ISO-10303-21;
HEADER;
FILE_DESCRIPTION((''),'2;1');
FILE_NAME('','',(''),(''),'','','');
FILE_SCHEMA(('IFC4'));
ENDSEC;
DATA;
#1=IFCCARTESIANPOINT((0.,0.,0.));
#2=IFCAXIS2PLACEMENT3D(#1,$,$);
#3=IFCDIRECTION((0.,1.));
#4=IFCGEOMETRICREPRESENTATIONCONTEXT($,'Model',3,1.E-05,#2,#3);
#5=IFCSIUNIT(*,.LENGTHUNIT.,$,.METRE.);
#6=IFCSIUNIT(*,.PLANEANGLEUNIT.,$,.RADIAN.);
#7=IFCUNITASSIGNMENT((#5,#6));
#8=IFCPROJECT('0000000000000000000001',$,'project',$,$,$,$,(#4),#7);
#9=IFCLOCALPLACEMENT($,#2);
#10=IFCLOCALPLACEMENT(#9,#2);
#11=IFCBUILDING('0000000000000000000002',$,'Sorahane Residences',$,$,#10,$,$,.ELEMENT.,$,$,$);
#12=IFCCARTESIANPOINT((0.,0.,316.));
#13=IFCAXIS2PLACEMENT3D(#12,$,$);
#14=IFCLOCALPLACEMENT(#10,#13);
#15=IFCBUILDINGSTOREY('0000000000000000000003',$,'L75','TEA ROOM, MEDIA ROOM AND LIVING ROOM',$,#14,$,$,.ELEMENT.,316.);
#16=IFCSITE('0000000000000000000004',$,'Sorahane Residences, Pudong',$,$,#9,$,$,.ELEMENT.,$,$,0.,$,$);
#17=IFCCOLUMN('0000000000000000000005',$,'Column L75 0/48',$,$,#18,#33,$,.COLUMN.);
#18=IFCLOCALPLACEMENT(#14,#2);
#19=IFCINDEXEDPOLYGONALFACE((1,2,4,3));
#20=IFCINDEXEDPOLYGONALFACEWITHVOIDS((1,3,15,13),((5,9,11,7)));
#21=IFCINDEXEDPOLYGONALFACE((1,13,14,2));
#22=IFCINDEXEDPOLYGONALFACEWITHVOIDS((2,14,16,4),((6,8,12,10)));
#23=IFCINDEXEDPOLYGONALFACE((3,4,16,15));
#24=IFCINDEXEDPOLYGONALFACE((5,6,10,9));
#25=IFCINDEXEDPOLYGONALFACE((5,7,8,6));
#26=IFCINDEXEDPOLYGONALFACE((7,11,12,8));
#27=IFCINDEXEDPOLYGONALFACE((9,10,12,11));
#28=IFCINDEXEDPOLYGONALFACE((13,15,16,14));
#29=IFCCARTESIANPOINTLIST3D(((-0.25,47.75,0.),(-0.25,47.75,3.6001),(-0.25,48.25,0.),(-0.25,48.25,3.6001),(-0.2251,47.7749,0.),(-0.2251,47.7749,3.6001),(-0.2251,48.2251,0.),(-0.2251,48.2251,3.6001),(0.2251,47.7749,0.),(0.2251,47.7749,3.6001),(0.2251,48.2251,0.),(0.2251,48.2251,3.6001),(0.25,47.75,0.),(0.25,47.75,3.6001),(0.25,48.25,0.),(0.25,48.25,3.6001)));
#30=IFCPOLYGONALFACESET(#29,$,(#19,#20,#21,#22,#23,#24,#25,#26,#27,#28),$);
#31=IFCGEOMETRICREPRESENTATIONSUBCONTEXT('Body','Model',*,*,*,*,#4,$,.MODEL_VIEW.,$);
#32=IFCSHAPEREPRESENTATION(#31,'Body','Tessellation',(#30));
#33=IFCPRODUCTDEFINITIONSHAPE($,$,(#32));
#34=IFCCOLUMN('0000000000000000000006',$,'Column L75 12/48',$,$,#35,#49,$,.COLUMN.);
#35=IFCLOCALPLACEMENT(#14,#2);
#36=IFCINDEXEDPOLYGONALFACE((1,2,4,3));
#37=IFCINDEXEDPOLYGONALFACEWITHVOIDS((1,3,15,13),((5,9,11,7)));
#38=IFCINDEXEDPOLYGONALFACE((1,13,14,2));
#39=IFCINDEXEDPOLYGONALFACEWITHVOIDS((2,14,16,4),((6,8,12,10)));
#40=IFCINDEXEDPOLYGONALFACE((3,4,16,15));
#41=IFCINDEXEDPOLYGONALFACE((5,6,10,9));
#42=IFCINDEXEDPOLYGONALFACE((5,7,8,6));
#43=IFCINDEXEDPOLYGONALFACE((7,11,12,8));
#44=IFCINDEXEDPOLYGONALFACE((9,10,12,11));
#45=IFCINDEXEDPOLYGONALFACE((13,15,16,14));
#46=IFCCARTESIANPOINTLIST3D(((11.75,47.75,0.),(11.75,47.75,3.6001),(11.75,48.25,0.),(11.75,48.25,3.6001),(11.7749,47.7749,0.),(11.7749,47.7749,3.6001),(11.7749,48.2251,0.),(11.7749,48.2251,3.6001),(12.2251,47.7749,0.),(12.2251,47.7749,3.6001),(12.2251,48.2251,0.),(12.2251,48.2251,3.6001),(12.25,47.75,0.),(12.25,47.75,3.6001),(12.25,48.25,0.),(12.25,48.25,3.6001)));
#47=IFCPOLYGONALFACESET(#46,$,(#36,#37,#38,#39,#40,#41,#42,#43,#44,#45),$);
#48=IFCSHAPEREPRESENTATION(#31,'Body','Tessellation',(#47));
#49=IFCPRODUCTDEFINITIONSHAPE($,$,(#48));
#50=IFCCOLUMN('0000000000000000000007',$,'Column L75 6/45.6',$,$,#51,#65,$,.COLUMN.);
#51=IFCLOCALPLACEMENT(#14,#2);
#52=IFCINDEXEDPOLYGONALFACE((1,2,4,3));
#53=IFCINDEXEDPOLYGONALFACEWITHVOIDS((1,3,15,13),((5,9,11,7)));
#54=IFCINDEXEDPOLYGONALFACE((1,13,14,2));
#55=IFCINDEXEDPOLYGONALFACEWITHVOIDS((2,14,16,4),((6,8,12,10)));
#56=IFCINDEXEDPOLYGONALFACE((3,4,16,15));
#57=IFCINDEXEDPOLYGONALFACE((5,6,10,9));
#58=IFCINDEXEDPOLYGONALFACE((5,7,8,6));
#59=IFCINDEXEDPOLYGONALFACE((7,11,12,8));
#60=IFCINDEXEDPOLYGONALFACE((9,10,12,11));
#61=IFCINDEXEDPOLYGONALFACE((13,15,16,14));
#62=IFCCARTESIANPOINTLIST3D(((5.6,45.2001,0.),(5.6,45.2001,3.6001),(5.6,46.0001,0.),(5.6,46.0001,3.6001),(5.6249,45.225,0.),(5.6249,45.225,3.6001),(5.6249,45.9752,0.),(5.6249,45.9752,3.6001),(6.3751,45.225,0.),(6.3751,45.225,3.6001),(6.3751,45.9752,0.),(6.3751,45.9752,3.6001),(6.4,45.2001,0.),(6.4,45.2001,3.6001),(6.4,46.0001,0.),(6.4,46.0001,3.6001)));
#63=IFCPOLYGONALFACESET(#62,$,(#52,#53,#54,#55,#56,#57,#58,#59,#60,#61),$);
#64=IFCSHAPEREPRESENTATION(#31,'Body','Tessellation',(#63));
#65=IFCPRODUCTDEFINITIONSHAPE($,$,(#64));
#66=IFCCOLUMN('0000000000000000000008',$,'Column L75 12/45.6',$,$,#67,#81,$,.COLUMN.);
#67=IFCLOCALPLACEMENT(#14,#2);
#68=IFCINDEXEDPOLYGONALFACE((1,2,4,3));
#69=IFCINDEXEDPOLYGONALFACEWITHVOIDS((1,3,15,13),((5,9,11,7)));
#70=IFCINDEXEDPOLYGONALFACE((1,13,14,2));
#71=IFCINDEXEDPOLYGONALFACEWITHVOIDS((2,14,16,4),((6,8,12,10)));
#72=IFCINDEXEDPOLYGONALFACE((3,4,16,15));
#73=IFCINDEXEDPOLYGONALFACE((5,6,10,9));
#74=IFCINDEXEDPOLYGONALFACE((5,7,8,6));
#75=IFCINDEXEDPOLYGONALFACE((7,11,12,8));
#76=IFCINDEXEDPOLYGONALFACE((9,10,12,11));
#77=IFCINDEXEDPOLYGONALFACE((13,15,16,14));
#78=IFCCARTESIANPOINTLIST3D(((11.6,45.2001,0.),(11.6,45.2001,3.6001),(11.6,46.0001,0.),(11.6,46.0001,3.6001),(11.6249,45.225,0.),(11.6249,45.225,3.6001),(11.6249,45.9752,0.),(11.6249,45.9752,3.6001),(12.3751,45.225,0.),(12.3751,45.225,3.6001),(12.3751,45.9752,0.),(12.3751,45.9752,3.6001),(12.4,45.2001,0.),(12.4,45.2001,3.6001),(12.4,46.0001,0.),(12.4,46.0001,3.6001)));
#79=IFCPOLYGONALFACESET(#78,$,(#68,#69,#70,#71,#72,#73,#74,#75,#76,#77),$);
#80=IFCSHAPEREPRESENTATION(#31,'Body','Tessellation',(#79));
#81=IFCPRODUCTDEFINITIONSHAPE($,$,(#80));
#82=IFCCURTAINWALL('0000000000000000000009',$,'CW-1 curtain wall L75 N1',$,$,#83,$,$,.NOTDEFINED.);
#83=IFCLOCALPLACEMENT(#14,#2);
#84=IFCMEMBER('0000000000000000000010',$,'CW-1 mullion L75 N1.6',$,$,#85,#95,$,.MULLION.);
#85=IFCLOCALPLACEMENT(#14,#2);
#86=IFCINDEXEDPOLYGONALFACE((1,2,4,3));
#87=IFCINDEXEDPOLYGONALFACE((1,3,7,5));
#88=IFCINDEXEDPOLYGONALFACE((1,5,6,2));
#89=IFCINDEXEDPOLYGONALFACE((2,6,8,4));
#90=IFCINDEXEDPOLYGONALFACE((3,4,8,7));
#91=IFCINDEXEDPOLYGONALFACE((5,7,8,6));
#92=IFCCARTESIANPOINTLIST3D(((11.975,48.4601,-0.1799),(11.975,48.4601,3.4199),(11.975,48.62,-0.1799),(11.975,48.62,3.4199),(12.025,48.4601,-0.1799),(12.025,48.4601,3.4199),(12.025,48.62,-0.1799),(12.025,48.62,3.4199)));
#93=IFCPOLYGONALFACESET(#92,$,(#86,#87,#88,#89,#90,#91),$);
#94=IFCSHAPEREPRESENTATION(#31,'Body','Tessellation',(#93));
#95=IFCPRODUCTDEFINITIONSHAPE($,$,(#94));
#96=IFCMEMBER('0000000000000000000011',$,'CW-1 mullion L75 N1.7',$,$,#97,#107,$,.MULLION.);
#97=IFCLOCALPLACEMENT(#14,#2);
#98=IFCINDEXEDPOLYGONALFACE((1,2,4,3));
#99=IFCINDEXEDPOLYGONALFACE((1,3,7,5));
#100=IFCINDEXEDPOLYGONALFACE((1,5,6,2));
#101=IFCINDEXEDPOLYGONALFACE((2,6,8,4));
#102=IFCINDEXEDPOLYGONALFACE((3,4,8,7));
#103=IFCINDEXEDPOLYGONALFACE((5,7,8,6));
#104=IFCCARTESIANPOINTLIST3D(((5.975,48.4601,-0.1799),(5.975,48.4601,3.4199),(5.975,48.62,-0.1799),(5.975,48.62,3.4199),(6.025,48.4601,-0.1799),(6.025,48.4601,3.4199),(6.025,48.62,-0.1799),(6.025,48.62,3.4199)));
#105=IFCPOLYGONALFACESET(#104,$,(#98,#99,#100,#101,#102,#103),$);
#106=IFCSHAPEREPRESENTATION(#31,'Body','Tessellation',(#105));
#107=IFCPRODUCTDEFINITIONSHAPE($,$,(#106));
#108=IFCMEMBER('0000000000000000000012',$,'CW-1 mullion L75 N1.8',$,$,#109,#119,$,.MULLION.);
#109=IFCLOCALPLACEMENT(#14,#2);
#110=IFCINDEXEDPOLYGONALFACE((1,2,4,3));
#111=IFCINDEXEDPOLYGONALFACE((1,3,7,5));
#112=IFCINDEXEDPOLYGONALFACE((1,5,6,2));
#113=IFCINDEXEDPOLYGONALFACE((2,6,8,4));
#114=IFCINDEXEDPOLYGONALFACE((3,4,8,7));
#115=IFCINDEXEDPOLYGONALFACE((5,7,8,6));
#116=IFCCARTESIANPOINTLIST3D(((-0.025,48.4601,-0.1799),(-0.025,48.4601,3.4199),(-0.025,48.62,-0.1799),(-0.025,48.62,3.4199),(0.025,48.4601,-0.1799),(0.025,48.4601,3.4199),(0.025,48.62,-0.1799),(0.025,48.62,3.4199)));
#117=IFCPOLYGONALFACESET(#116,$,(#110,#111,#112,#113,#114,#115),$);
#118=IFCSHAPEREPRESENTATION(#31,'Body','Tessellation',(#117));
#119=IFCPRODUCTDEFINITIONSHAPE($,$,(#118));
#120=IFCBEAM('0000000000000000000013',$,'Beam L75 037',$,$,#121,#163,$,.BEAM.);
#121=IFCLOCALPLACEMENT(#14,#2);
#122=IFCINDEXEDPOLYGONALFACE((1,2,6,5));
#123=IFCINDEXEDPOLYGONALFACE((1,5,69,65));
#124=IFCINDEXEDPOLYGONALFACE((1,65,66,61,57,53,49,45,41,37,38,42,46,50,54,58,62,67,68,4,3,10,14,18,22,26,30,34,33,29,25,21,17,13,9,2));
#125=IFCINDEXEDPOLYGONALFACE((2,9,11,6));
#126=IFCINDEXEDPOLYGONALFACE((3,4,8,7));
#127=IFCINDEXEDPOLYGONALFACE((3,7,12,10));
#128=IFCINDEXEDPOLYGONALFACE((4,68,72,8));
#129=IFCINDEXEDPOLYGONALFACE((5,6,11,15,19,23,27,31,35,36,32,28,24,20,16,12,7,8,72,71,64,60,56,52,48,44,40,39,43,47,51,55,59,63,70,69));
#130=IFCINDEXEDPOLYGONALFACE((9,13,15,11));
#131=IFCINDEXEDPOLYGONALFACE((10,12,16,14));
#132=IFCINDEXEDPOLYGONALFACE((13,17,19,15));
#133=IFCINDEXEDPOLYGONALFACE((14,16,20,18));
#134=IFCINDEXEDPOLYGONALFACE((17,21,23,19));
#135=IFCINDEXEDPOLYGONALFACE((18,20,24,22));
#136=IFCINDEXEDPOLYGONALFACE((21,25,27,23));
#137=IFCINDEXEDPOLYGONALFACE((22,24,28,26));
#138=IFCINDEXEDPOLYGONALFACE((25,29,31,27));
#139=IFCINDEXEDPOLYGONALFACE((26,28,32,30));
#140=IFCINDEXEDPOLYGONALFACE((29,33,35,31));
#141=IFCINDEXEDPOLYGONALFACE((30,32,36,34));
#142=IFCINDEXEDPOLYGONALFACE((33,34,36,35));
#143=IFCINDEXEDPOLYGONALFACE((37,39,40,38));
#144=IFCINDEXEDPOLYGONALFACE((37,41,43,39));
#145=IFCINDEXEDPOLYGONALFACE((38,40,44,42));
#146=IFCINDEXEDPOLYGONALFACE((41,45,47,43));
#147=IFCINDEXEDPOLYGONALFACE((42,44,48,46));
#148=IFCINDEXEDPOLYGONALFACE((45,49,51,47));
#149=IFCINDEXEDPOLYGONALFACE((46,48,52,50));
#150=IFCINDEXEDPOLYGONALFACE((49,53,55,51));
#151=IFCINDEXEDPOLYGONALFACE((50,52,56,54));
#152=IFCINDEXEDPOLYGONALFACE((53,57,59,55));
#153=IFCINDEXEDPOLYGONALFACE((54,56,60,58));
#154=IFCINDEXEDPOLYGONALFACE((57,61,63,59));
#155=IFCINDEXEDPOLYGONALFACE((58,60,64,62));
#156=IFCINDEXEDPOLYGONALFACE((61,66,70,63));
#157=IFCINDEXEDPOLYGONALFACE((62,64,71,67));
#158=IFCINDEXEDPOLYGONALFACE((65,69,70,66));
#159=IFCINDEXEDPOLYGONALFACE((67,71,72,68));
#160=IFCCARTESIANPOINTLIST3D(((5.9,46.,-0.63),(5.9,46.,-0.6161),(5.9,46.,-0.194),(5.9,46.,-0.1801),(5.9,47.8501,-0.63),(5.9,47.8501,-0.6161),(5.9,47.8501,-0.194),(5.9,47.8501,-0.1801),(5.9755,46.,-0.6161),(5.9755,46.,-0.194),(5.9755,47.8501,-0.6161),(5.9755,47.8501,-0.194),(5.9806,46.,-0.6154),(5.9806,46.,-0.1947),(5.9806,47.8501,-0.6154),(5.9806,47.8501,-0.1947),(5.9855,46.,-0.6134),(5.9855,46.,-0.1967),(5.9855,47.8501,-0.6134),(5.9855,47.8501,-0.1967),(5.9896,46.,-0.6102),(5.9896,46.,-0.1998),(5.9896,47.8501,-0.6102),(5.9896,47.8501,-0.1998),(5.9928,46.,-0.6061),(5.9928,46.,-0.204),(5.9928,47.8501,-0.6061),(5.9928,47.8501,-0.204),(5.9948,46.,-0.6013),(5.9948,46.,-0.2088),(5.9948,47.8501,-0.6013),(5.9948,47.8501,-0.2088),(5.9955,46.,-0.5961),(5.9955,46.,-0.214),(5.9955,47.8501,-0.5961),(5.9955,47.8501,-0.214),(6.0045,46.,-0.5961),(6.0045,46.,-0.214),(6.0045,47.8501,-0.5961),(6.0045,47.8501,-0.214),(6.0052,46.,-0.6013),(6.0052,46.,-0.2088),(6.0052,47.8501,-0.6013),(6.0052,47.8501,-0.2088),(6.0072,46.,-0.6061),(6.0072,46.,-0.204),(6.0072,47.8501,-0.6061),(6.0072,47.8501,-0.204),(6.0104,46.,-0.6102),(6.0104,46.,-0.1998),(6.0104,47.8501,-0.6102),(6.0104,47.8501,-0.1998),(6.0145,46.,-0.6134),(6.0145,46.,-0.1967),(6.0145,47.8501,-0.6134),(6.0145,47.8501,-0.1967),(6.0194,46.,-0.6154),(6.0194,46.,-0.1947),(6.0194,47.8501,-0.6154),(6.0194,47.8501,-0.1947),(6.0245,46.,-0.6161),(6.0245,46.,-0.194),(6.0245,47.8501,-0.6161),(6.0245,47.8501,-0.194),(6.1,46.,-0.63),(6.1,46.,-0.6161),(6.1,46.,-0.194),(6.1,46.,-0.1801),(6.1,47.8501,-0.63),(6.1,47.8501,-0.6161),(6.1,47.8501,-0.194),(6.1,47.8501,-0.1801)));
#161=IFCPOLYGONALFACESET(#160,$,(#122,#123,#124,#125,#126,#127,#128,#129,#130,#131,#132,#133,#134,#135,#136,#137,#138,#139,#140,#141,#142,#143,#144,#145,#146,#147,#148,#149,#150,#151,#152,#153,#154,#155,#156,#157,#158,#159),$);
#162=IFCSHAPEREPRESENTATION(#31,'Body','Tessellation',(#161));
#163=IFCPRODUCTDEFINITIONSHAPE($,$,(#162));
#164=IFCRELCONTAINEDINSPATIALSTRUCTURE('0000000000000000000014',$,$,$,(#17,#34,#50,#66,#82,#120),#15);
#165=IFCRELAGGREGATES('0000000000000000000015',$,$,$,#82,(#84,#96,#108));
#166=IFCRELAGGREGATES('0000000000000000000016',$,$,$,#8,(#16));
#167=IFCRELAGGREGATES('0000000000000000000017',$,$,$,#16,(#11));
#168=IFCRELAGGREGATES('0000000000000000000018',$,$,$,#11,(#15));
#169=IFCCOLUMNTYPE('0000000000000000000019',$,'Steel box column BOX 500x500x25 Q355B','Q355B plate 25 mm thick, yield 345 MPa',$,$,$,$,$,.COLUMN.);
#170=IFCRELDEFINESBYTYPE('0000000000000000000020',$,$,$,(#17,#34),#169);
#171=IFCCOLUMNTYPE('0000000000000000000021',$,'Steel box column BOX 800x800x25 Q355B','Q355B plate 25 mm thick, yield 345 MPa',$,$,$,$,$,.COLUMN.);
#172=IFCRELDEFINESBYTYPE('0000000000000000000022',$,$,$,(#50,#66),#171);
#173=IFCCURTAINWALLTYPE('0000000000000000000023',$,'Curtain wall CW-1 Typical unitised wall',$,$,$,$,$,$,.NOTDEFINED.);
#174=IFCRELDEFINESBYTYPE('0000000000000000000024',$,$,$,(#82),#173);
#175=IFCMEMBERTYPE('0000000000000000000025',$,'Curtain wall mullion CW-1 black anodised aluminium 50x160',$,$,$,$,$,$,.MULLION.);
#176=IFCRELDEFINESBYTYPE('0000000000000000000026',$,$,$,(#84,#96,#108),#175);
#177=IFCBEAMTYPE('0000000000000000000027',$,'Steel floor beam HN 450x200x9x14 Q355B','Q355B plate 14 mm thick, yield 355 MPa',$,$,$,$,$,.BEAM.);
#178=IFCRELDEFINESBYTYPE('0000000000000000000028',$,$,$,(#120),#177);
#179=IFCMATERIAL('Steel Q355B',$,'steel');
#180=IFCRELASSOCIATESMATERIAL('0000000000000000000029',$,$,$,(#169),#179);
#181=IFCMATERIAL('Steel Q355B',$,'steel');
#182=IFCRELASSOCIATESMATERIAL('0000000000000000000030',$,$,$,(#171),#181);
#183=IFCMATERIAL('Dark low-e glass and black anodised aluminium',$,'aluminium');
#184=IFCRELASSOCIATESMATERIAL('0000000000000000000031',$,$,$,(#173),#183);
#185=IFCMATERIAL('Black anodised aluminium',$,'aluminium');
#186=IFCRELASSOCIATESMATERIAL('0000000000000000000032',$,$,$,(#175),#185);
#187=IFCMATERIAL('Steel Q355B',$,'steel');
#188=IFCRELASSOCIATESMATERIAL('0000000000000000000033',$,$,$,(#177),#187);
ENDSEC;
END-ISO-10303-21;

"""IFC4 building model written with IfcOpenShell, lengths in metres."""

from ifc_helpers import new_model, si_unit, direction, frame, origin, origin_2d, place, context, subcontext, project, spatial, rectangle, hollow_rectangle, i_section, extrude, material, material_profile, profile_set, type_object, element, aggregate, save


model = new_model("IFC4")

# Units and contexts
model_context = context("Model", 3, precision=1e-05, world=origin(), true_north=direction((0.0, 1.0)))
body_context = subcontext(model_context, "Body", "Model", "MODEL_VIEW")
ifc_project = project(units=[si_unit("LENGTHUNIT", "METRE"), si_unit("PLANEANGLEUNIT", "RADIAN")], contexts=[model_context])

# Site, building, storey
site_placement = place(None, origin())
site = spatial("IfcSite", under=ifc_project, at=site_placement, Name="Sorahane Residences, Pudong", CompositionType="ELEMENT", RefElevation=0.0)
building_placement = place(site_placement, origin())
building = spatial("IfcBuilding", under=site, at=building_placement, Name="Sorahane Residences", CompositionType="ELEMENT")
storey_placement = place(building_placement, frame((0.0, 0.0, 316.0)))
storey = spatial("IfcBuildingStorey", under=building, at=storey_placement, Name="L75", Description="TEA ROOM, MEDIA ROOM AND LIVING ROOM", CompositionType="ELEMENT", Elevation=316.0)

# Columns
ifc_material_1 = material(Name="Steel Q355B", Category="steel")
ifc_material_profile_1 = material_profile(ifc_material_1, hollow_rectangle(XDim=0.5, YDim=0.5, WallThickness=0.0249, at=origin_2d()), Name="BOX 500x500x25")
ifc_profile_set_1 = profile_set([ifc_material_profile_1], Name="Steel Q355B")
column_type_1 = type_object("IfcColumnType", Name="Steel box column BOX 500x500x25 Q355B", Description="Q355B plate 25 mm thick, yield 345 MPa", PredefinedType="COLUMN", material=ifc_profile_set_1)
for number, where, z_axis, x_axis, name in (
    (1, (0.0, 48.0, 0.0), (0.0, 0.0, 1.0), (1.0, 0.0, 0.0), "Column L75 0/48"),
    (2, (12.0, 48.0, 0.0), (0.0, 0.0, 1.0), (1.0, 0.0, 0.0), "Column L75 12/48"),
):
    element("IfcColumn", number, at=place(storey_placement, frame(where, z_axis=z_axis, x_axis=x_axis)), inside=storey, type_object=column_type_1, Name=name, PredefinedType="COLUMN", context=body_context, shape_type="SweptSolid", body=[
        extrude(hollow_rectangle(XDim=0.5, YDim=0.5, WallThickness=0.0249, at=origin_2d()), origin(), (0.0, 0.0, 1.0), 3.6001),
    ])
ifc_material_2 = material(Name="Steel Q355B", Category="steel")
ifc_material_profile_2 = material_profile(ifc_material_2, hollow_rectangle(XDim=0.8, YDim=0.8, WallThickness=0.0249, at=origin_2d()), Name="BOX 800x800x25")
ifc_profile_set_2 = profile_set([ifc_material_profile_2], Name="Steel Q355B")
column_type_2 = type_object("IfcColumnType", Name="Steel box column BOX 800x800x25 Q355B", Description="Q355B plate 25 mm thick, yield 345 MPa", PredefinedType="COLUMN", material=ifc_profile_set_2)
for number, where, z_axis, x_axis, name in (
    (3, (6.0, 45.6001, 0.0), (0.0, 0.0, 1.0), (1.0, 0.0, 0.0), "Column L75 6/45.6"),
    (4, (12.0, 45.6001, 0.0), (0.0, 0.0, 1.0), (1.0, 0.0, 0.0), "Column L75 12/45.6"),
):
    element("IfcColumn", number, at=place(storey_placement, frame(where, z_axis=z_axis, x_axis=x_axis)), inside=storey, type_object=column_type_2, Name=name, PredefinedType="COLUMN", context=body_context, shape_type="SweptSolid", body=[
        extrude(hollow_rectangle(XDim=0.8, YDim=0.8, WallThickness=0.0249, at=origin_2d()), origin(), (0.0, 0.0, 1.0), 3.6001),
    ])

# Curtain wall, members
ifc_material_3 = material(Name="Dark low-e glass and black anodised aluminium", Category="aluminium")
curtain_wall_type = type_object("IfcCurtainWallType", Name="Curtain wall CW-1 Typical unitised wall", PredefinedType="NOTDEFINED", material=ifc_material_3)
curtain_wall_placement = place(storey_placement, origin())
curtain_wall = element("IfcCurtainWall", 5, at=curtain_wall_placement, inside=storey, type_object=curtain_wall_type, Name="CW-1 curtain wall L75 N1", PredefinedType="NOTDEFINED")
ifc_material_4 = material(Name="Black anodised aluminium", Category="aluminium")
ifc_material_profile_3 = material_profile(ifc_material_4, rectangle(XDim=0.1599, YDim=0.05, at=origin_2d()), Name="Curtain wall mullion CW-1 black anodised aluminium 50x160")
ifc_profile_set_3 = profile_set([ifc_material_profile_3], Name="Black anodised aluminium")
member_type = type_object("IfcMemberType", Name="Curtain wall mullion CW-1 black anodised aluminium 50x160", PredefinedType="MULLION", material=ifc_profile_set_3)
member_1_placement = place(storey_placement, frame((12.0, 48.54, -0.1799), z_axis=(0.0, 0.0, 1.0), x_axis=(0.0, 1.0, 0.0)))
member_1 = element("IfcMember", 6, at=member_1_placement, type_object=member_type, Name="CW-1 mullion L75 N1.6", PredefinedType="MULLION", context=body_context, shape_type="SweptSolid", body=[
    extrude(rectangle(XDim=0.1599, YDim=0.05, at=origin_2d()), origin(), (0.0, 0.0, 1.0), 3.5999),
])
member_2_placement = place(storey_placement, frame((6.0, 48.54, -0.1799), z_axis=(0.0, 0.0, 1.0), x_axis=(0.0, 1.0, 0.0)))
member_2 = element("IfcMember", 7, at=member_2_placement, type_object=member_type, Name="CW-1 mullion L75 N1.7", PredefinedType="MULLION", context=body_context, shape_type="SweptSolid", body=[
    extrude(rectangle(XDim=0.1599, YDim=0.05, at=origin_2d()), origin(), (0.0, 0.0, 1.0), 3.5999),
])
member_3_placement = place(storey_placement, frame((0.0, 48.54, -0.1799), z_axis=(0.0, 0.0, 1.0), x_axis=(0.0, 1.0, 0.0)))
member_3 = element("IfcMember", 8, at=member_3_placement, type_object=member_type, Name="CW-1 mullion L75 N1.8", PredefinedType="MULLION", context=body_context, shape_type="SweptSolid", body=[
    extrude(rectangle(XDim=0.1599, YDim=0.05, at=origin_2d()), origin(), (0.0, 0.0, 1.0), 3.5999),
])

# Beam
ifc_material_5 = material(Name="Steel Q355B", Category="steel")
ifc_material_profile_4 = material_profile(ifc_material_5, i_section(OverallWidth=0.2, OverallDepth=0.45, WebThickness=0.009, FlangeThickness=0.0139, FilletRadius=0.02, at=origin_2d()), Name="HN 450x200x9x14")
ifc_profile_set_4 = profile_set([ifc_material_profile_4], Name="Steel Q355B")
beam_type_1 = type_object("IfcBeamType", Name="Steel floor beam HN 450x200x9x14 Q355B", Description="Q355B plate 14 mm thick, yield 355 MPa", PredefinedType="BEAM", material=ifc_profile_set_4)
beam_1_placement = place(storey_placement, frame((6.0, 46.0, -0.405), z_axis=(0.0, 1.0, 0.0), x_axis=(-1.0, 0.0, 0.0)))
element("IfcBeam", 9, at=beam_1_placement, inside=storey, type_object=beam_type_1, Name="Beam L75 037", PredefinedType="BEAM", context=body_context, shape_type="SweptSolid", body=[
    extrude(i_section(OverallWidth=0.2, OverallDepth=0.45, WebThickness=0.009, FlangeThickness=0.0139, FilletRadius=0.02, at=origin_2d()), origin(), (0.0, 0.0, 1.0), 1.8501),
])

aggregate(curtain_wall, [member_1, member_2, member_3])

save(model, "model.ifc")
